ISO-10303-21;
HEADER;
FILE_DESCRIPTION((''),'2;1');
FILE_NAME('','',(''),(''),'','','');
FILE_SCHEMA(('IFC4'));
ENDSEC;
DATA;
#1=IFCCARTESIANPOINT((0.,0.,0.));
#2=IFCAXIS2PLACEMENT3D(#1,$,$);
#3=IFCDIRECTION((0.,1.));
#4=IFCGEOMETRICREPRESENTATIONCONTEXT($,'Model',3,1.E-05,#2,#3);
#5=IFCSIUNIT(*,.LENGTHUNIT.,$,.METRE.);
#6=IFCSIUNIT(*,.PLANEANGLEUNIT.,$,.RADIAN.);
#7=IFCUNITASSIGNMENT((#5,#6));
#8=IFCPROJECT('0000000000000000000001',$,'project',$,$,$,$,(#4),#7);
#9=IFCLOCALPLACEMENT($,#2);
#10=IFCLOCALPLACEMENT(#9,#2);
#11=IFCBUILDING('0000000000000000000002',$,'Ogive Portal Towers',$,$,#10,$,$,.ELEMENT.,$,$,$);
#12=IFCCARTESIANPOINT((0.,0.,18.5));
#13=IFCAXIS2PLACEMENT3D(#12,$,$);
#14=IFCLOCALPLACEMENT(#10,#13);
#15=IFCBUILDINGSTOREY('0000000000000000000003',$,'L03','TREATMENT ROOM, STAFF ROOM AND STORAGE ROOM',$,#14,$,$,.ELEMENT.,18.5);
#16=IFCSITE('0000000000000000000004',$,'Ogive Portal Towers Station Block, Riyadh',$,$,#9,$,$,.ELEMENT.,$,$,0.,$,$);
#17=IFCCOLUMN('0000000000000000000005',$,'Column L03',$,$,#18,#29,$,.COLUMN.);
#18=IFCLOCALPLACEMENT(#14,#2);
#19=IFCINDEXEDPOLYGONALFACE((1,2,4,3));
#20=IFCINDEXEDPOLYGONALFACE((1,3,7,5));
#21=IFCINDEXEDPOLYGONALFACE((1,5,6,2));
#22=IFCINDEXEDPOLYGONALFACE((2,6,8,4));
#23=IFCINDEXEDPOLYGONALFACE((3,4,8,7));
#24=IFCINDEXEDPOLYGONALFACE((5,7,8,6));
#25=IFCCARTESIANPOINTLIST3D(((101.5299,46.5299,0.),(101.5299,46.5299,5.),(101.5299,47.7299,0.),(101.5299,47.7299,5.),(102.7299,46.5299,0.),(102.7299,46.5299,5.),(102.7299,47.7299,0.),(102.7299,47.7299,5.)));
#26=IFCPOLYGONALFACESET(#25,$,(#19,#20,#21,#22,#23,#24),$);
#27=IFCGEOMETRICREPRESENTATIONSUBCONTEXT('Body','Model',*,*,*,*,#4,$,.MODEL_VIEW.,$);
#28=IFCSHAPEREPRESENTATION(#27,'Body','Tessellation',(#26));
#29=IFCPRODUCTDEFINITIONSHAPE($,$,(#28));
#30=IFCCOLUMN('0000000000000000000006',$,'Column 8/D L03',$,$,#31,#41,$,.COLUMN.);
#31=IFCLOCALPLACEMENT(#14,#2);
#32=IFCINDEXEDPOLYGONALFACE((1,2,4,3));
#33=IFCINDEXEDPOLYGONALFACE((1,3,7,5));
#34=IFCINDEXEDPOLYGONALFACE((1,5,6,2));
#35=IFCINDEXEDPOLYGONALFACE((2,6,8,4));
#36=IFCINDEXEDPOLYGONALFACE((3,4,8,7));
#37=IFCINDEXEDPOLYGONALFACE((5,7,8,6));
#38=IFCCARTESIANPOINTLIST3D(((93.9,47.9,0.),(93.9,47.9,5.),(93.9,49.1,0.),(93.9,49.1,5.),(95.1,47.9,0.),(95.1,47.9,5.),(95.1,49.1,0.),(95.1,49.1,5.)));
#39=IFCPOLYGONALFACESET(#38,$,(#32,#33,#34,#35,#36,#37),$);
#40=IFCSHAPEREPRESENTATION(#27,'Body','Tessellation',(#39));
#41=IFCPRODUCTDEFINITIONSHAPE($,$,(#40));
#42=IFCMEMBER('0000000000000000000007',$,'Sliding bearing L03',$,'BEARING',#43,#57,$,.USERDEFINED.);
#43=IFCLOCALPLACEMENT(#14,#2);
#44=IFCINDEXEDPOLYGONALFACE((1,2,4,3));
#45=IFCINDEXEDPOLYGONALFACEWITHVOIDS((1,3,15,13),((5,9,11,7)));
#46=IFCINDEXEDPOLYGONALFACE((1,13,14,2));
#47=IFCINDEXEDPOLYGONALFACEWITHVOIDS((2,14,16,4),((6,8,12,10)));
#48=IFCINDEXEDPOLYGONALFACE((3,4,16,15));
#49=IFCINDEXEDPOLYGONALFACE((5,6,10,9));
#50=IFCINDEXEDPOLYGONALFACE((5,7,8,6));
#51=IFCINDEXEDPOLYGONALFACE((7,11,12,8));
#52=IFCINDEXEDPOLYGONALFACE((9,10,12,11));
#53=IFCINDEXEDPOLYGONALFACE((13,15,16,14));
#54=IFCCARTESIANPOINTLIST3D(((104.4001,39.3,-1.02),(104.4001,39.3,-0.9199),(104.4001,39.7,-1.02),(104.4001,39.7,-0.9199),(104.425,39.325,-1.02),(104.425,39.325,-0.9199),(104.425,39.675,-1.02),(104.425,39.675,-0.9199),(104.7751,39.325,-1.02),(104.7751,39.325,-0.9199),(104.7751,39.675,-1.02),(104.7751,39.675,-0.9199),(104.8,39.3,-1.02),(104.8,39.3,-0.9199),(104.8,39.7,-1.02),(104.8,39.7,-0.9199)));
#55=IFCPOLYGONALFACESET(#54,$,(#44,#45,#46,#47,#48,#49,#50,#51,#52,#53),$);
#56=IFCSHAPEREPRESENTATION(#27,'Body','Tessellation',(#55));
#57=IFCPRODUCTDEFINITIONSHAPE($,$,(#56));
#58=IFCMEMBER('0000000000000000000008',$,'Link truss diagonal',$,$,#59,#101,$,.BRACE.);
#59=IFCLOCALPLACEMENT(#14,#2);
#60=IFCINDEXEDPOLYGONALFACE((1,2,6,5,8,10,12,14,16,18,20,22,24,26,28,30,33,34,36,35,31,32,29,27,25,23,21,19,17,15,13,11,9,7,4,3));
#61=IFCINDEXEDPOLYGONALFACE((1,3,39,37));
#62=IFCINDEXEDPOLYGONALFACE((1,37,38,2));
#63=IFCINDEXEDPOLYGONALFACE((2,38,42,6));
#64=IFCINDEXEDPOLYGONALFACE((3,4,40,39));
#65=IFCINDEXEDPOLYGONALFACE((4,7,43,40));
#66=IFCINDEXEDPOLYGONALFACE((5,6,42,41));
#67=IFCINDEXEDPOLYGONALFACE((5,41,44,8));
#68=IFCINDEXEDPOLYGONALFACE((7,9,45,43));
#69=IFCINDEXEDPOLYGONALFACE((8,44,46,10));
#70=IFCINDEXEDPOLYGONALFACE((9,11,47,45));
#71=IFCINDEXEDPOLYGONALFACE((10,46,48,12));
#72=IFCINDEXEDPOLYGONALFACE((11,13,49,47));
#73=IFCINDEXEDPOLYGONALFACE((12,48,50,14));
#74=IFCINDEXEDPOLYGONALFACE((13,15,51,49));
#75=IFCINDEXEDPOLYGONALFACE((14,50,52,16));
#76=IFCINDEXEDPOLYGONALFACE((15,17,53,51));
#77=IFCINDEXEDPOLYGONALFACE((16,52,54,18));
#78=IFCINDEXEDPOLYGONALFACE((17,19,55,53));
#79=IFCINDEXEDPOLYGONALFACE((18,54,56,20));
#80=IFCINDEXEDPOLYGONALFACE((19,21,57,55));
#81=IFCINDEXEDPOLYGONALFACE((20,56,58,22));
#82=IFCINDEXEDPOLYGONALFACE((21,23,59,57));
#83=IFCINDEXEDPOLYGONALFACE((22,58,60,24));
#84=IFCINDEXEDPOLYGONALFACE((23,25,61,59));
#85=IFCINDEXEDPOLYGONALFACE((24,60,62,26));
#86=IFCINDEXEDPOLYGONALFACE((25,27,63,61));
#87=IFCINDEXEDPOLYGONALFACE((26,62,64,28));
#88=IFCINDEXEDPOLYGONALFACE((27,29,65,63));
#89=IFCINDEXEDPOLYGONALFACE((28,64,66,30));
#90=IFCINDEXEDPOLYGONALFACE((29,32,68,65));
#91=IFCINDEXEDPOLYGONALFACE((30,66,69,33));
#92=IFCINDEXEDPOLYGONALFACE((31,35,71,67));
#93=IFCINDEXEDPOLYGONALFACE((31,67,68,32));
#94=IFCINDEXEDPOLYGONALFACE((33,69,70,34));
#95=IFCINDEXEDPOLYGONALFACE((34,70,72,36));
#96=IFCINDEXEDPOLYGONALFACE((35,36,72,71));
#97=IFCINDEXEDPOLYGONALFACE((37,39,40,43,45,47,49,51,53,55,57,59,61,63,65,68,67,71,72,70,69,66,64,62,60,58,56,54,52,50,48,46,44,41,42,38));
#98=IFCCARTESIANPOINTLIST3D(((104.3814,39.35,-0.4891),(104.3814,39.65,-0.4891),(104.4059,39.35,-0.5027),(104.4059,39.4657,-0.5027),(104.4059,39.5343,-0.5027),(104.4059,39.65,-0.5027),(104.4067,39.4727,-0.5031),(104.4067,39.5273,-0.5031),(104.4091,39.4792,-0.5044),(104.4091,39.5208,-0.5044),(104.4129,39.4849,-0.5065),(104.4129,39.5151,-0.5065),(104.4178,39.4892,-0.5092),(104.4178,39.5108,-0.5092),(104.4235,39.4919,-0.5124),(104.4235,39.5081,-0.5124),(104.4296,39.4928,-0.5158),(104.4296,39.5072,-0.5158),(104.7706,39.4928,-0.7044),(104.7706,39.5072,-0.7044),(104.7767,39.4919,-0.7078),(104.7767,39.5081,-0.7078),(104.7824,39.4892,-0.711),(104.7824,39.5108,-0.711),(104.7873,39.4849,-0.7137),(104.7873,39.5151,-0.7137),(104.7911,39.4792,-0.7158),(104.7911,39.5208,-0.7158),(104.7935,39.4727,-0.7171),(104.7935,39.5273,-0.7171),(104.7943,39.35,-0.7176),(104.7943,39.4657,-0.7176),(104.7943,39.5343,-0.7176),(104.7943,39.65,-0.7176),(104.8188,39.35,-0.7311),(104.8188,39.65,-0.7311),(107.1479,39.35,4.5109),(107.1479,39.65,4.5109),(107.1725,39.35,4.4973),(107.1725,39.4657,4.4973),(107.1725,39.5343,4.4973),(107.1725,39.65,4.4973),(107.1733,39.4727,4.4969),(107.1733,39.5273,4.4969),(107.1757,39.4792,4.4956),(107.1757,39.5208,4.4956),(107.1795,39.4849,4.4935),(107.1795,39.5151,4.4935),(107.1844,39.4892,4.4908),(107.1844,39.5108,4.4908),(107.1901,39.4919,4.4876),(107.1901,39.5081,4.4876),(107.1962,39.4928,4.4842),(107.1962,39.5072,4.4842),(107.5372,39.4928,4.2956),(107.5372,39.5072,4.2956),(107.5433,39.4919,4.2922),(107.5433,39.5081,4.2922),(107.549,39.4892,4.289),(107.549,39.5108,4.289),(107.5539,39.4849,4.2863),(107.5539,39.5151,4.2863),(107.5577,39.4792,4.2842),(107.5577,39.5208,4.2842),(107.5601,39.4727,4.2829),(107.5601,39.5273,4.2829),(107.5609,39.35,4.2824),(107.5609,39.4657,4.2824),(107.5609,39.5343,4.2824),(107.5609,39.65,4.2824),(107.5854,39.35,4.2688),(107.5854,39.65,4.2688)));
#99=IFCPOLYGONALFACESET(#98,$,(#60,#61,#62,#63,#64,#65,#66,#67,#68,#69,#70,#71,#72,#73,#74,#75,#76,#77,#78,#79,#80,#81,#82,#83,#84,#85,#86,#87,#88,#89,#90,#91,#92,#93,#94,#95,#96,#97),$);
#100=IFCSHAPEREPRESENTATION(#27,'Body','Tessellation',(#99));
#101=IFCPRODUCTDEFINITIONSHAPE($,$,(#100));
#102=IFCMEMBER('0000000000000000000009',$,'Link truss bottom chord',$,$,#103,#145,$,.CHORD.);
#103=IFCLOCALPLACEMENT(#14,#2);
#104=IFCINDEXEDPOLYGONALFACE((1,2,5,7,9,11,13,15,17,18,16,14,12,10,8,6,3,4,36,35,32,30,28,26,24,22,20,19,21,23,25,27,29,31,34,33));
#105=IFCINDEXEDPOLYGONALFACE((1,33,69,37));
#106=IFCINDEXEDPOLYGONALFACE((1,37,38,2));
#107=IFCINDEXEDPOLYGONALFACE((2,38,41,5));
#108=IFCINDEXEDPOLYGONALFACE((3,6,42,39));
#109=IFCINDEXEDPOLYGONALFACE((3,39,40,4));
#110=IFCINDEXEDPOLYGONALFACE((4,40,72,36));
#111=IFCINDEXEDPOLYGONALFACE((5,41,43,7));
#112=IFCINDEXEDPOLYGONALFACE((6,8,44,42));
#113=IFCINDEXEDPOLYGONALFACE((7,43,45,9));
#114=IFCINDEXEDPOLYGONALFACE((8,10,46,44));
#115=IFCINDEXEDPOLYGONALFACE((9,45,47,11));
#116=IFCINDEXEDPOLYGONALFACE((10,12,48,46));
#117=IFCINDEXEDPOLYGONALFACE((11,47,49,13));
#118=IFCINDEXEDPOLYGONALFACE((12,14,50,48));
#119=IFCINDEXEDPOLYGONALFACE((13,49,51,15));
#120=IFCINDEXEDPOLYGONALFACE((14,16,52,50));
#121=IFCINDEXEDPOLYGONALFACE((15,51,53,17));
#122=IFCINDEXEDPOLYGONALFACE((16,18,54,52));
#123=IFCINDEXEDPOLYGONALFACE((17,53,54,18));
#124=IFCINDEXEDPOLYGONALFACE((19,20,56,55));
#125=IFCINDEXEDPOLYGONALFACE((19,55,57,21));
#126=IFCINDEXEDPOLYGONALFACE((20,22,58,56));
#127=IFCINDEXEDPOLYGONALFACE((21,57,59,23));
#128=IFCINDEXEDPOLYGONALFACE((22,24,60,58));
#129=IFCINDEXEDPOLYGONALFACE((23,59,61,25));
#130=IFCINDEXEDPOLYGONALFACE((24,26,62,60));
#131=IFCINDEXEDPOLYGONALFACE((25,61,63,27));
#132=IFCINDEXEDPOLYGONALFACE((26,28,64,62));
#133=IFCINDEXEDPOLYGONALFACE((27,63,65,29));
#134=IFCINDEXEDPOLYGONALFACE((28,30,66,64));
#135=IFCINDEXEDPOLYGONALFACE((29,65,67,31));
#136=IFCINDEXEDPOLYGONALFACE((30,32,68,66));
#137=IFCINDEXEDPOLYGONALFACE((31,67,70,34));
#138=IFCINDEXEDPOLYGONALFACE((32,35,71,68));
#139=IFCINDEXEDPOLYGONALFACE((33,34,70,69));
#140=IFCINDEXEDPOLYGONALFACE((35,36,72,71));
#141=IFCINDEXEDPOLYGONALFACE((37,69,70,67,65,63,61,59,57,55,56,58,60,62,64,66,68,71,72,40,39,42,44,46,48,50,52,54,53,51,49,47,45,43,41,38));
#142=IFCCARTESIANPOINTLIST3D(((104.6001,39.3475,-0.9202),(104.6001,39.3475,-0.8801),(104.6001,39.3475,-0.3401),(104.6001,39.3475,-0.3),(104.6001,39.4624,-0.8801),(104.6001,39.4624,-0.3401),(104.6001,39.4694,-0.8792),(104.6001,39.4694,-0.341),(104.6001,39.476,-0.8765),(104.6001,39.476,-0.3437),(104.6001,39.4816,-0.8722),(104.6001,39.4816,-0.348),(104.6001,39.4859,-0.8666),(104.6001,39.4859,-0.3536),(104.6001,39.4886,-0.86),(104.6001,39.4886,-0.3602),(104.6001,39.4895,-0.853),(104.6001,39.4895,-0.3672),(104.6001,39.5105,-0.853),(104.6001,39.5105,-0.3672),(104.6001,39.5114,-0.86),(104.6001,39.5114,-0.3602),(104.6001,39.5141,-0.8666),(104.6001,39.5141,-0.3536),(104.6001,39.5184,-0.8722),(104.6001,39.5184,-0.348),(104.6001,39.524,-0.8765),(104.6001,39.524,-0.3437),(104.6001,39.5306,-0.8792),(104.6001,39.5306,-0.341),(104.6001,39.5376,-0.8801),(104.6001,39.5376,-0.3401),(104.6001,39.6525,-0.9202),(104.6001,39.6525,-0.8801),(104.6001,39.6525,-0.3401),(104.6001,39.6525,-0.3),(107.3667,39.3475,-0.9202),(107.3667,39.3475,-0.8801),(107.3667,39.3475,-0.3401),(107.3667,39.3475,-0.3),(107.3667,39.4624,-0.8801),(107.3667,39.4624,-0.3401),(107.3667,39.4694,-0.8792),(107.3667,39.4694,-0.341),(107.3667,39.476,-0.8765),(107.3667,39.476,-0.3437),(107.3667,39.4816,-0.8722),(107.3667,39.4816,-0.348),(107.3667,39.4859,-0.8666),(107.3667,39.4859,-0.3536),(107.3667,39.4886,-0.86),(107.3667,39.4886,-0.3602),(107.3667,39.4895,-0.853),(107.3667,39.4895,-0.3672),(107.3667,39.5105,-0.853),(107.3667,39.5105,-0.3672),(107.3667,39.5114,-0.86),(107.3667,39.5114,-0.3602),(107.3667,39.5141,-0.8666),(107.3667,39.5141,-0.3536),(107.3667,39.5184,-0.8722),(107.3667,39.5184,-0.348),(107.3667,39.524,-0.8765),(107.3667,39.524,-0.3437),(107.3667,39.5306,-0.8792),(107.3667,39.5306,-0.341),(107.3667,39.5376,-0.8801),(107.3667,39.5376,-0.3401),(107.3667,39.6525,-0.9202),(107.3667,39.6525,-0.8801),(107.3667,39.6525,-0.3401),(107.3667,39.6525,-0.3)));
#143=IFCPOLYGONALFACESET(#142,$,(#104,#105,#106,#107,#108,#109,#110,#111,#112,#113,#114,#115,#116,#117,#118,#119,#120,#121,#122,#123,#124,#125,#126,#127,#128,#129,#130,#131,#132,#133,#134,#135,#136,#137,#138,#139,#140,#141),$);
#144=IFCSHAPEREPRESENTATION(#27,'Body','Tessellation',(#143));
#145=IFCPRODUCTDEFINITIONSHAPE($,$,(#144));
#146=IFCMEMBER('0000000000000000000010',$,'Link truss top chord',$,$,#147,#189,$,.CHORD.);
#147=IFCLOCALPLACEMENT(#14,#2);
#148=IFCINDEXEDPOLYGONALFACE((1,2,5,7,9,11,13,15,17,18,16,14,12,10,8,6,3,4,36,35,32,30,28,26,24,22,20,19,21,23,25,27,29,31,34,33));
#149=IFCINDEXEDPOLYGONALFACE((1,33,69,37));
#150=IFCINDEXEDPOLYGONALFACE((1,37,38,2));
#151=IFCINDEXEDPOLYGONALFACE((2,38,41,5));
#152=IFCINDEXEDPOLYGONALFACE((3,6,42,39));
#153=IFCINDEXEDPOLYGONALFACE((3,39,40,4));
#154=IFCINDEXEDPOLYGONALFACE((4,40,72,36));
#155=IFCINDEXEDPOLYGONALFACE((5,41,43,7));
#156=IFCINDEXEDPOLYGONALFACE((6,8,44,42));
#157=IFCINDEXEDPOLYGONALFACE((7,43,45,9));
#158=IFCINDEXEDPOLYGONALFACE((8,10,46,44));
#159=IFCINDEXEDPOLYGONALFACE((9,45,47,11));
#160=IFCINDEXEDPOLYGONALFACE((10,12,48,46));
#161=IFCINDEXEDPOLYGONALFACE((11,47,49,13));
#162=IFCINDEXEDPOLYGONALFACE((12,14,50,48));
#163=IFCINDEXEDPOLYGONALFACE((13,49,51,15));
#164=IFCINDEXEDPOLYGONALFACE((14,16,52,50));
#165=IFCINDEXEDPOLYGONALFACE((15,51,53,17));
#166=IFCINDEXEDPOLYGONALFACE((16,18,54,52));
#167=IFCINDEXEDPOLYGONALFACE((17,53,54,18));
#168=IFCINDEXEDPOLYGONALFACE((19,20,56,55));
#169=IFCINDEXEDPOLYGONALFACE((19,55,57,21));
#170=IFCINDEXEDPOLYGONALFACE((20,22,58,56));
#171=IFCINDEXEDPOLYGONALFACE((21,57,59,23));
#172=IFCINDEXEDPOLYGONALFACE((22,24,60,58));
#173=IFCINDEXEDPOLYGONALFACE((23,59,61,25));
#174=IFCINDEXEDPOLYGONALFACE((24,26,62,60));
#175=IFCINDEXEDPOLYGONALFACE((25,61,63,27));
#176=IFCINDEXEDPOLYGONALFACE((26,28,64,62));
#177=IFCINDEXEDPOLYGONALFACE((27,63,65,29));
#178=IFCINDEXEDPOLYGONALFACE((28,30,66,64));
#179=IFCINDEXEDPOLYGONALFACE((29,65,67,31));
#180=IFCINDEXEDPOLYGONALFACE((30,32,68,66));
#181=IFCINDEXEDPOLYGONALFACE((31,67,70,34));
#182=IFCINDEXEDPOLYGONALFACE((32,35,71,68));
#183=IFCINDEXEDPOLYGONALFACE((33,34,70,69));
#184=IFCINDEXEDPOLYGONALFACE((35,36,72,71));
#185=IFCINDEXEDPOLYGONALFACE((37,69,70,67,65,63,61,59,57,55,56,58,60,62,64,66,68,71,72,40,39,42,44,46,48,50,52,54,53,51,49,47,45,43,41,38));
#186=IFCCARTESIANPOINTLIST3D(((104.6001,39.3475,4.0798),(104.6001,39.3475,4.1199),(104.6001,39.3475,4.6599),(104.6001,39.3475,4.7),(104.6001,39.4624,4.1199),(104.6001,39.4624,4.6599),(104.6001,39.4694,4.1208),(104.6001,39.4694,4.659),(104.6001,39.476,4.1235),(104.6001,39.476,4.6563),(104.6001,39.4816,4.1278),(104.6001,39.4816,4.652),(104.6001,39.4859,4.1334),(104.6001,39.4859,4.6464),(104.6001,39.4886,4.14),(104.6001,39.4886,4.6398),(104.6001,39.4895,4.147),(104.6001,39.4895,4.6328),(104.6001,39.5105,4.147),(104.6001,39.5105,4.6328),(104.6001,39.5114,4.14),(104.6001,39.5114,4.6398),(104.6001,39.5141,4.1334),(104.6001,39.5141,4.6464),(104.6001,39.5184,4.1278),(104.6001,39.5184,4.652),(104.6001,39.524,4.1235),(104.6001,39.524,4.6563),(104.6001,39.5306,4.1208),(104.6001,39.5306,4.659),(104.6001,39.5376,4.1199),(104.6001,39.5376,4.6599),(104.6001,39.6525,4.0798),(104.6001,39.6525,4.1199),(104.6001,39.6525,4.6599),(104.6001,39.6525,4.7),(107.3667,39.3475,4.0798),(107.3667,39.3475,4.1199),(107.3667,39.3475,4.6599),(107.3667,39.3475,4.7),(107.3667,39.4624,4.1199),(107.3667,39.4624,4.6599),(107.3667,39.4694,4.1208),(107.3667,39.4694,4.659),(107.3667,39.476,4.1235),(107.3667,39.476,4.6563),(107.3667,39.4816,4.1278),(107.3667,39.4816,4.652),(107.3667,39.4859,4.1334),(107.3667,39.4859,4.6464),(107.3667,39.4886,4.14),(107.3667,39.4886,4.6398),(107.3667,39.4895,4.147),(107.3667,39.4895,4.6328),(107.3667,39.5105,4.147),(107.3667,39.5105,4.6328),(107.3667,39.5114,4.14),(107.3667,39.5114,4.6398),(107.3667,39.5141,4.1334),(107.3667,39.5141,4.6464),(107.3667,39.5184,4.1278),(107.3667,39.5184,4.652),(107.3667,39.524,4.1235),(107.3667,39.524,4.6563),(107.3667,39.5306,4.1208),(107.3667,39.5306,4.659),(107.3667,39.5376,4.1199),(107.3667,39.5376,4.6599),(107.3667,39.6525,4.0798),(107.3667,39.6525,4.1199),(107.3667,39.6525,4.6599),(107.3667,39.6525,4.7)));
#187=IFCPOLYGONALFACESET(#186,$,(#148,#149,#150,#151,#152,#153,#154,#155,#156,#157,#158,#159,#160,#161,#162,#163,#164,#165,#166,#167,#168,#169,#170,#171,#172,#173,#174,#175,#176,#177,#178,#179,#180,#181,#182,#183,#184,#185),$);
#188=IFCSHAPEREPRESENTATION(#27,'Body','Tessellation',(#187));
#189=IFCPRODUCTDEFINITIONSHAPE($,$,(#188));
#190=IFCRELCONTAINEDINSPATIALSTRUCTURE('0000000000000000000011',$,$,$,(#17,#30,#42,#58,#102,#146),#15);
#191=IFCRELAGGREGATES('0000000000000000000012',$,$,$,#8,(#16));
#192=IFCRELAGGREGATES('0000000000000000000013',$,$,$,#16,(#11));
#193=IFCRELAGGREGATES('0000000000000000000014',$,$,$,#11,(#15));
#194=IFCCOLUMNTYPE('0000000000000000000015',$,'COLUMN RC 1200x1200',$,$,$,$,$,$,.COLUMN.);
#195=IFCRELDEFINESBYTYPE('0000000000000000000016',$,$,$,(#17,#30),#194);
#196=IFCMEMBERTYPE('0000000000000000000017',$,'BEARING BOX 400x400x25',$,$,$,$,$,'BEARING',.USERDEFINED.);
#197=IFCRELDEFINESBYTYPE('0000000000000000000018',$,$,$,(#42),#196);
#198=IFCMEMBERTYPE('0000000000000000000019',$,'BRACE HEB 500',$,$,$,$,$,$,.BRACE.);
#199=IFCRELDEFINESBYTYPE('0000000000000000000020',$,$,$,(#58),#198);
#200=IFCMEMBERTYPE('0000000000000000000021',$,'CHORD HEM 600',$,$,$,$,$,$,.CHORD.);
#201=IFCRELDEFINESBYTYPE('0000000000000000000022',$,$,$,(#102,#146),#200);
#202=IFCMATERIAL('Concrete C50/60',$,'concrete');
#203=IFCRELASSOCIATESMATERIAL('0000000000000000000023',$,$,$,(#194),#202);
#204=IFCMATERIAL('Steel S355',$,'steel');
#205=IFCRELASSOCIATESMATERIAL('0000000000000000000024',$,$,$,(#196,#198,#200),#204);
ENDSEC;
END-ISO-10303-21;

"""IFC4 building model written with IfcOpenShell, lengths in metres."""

from ifc_helpers import new_model, si_unit, direction, frame, origin, origin_2d, place, context, subcontext, project, spatial, rectangle, hollow_rectangle, i_section, extrude, material, material_profile, profile_set, type_object, element, save


model = new_model("IFC4")

# Units and contexts
model_context = context("Model", 3, precision=1e-05, world=origin(), true_north=direction((0.0, 1.0)))
body_context = subcontext(model_context, "Body", "Model", "MODEL_VIEW")
ifc_project = project(units=[si_unit("LENGTHUNIT", "METRE"), si_unit("PLANEANGLEUNIT", "RADIAN")], contexts=[model_context])

# Site, building, storey
site_placement = place(None, origin())
site = spatial("IfcSite", under=ifc_project, at=site_placement, Name="Ogive Portal Towers Station Block, Riyadh", CompositionType="ELEMENT", RefElevation=0.0)
building_placement = place(site_placement, origin())
building = spatial("IfcBuilding", under=site, at=building_placement, Name="Ogive Portal Towers", CompositionType="ELEMENT")
storey_placement = place(building_placement, frame((0.0, 0.0, 18.5)))
storey = spatial("IfcBuildingStorey", under=building, at=storey_placement, Name="L03", Description="TREATMENT ROOM, STAFF ROOM AND STORAGE ROOM", CompositionType="ELEMENT", Elevation=18.5)

# Columns
ifc_material_1 = material(Name="Concrete C50/60", Category="concrete")
ifc_material_profile_1 = material_profile(ifc_material_1, rectangle(XDim=1.2, YDim=1.2, at=origin_2d()), Name="RC 1200x1200")
ifc_profile_set_1 = profile_set([ifc_material_profile_1], Name="Concrete C50/60")
column_type = type_object("IfcColumnType", Name="COLUMN RC 1200x1200", PredefinedType="COLUMN", material=ifc_profile_set_1)
for number, where, z_axis, x_axis, name in (
    (1, (102.1299, 47.1299, 0.0), (0.0, 0.0, 1.0), (1.0, 0.0, 0.0), "Column L03"),
    (2, (94.5, 48.5, 0.0), (0.0, 0.0, 1.0), (1.0, 0.0, 0.0), "Column 8/D L03"),
):
    element("IfcColumn", number, at=place(storey_placement, frame(where, z_axis=z_axis, x_axis=x_axis)), inside=storey, type_object=column_type, Name=name, PredefinedType="COLUMN", context=body_context, shape_type="SweptSolid", body=[
        extrude(rectangle(XDim=1.2, YDim=1.2, at=origin_2d()), origin(), (0.0, 0.0, 1.0), 5.0),
    ])

# Members
ifc_material_2 = material(Name="Steel S355", Category="steel")
ifc_material_profile_2 = material_profile(ifc_material_2, hollow_rectangle(XDim=0.3999, YDim=0.3999, WallThickness=0.0249, at=origin_2d()), Name="BOX 400x400x25")
ifc_profile_set_2 = profile_set([ifc_material_profile_2], Name="Steel S355")
member_type_1 = type_object("IfcMemberType", Name="BEARING BOX 400x400x25", ElementType="BEARING", PredefinedType="USERDEFINED", material=ifc_profile_set_2)
member_1_placement = place(storey_placement, frame((104.6001, 39.5, -1.02), z_axis=(0.0, 0.0, 1.0), x_axis=(1.0, 0.0, 0.0)))
element("IfcMember", 3, at=member_1_placement, inside=storey, type_object=member_type_1, Name="Sliding bearing L03", ObjectType="BEARING", PredefinedType="USERDEFINED", context=body_context, shape_type="SweptSolid", body=[
    extrude(hollow_rectangle(XDim=0.3999, YDim=0.3999, WallThickness=0.0249, at=origin_2d()), origin(), (0.0, 0.0, 1.0), 0.1001),
])
ifc_material_profile_3 = material_profile(ifc_material_2, i_section(OverallWidth=0.3, OverallDepth=0.5, WebThickness=0.0144, FlangeThickness=0.0281, FilletRadius=0.0271, at=origin_2d()), Name="HEB 500")
ifc_profile_set_3 = profile_set([ifc_material_profile_3], Name="Steel S355")
member_type_2 = type_object("IfcMemberType", Name="BRACE HEB 500", PredefinedType="BRACE", material=ifc_profile_set_3)
member_2_placement = place(storey_placement, frame((104.6001, 39.5, -0.6101), z_axis=(0.484148, 0.0, 0.874986), x_axis=(0.0, 1.0, 0.0)))
element("IfcMember", 4, at=member_2_placement, inside=storey, type_object=member_type_2, Name="Link truss diagonal", PredefinedType="BRACE", context=body_context, shape_type="SweptSolid", body=[
    extrude(i_section(OverallWidth=0.3, OverallDepth=0.5, WebThickness=0.0144, FlangeThickness=0.0281, FilletRadius=0.0271, at=origin_2d()), origin(), (0.0, 0.0, 1.0), 5.7144),
])
ifc_material_profile_4 = material_profile(ifc_material_2, i_section(OverallWidth=0.3049, OverallDepth=0.6201, WebThickness=0.021, FlangeThickness=0.04, FilletRadius=0.0271, at=origin_2d()), Name="HEM 600")
ifc_profile_set_4 = profile_set([ifc_material_profile_4], Name="Steel S355")
member_type_3 = type_object("IfcMemberType", Name="CHORD HEM 600", PredefinedType="CHORD", material=ifc_profile_set_4)
for number, where, z_axis, x_axis, name in (
    (5, (104.6001, 39.5, -0.6101), (1.0, 0.0, 0.0), (0.0, 1.0, 0.0), "Link truss bottom chord"),
    (6, (104.6001, 39.5, 4.3899), (1.0, 0.0, 0.0), (0.0, 1.0, 0.0), "Link truss top chord"),
):
    element("IfcMember", number, at=place(storey_placement, frame(where, z_axis=z_axis, x_axis=x_axis)), inside=storey, type_object=member_type_3, Name=name, PredefinedType="CHORD", context=body_context, shape_type="SweptSolid", body=[
        extrude(i_section(OverallWidth=0.3049, OverallDepth=0.6201, WebThickness=0.021, FlangeThickness=0.04, FilletRadius=0.0271, at=origin_2d()), origin(), (0.0, 0.0, 1.0), 2.7666),
    ])

save(model, "model.ifc")
